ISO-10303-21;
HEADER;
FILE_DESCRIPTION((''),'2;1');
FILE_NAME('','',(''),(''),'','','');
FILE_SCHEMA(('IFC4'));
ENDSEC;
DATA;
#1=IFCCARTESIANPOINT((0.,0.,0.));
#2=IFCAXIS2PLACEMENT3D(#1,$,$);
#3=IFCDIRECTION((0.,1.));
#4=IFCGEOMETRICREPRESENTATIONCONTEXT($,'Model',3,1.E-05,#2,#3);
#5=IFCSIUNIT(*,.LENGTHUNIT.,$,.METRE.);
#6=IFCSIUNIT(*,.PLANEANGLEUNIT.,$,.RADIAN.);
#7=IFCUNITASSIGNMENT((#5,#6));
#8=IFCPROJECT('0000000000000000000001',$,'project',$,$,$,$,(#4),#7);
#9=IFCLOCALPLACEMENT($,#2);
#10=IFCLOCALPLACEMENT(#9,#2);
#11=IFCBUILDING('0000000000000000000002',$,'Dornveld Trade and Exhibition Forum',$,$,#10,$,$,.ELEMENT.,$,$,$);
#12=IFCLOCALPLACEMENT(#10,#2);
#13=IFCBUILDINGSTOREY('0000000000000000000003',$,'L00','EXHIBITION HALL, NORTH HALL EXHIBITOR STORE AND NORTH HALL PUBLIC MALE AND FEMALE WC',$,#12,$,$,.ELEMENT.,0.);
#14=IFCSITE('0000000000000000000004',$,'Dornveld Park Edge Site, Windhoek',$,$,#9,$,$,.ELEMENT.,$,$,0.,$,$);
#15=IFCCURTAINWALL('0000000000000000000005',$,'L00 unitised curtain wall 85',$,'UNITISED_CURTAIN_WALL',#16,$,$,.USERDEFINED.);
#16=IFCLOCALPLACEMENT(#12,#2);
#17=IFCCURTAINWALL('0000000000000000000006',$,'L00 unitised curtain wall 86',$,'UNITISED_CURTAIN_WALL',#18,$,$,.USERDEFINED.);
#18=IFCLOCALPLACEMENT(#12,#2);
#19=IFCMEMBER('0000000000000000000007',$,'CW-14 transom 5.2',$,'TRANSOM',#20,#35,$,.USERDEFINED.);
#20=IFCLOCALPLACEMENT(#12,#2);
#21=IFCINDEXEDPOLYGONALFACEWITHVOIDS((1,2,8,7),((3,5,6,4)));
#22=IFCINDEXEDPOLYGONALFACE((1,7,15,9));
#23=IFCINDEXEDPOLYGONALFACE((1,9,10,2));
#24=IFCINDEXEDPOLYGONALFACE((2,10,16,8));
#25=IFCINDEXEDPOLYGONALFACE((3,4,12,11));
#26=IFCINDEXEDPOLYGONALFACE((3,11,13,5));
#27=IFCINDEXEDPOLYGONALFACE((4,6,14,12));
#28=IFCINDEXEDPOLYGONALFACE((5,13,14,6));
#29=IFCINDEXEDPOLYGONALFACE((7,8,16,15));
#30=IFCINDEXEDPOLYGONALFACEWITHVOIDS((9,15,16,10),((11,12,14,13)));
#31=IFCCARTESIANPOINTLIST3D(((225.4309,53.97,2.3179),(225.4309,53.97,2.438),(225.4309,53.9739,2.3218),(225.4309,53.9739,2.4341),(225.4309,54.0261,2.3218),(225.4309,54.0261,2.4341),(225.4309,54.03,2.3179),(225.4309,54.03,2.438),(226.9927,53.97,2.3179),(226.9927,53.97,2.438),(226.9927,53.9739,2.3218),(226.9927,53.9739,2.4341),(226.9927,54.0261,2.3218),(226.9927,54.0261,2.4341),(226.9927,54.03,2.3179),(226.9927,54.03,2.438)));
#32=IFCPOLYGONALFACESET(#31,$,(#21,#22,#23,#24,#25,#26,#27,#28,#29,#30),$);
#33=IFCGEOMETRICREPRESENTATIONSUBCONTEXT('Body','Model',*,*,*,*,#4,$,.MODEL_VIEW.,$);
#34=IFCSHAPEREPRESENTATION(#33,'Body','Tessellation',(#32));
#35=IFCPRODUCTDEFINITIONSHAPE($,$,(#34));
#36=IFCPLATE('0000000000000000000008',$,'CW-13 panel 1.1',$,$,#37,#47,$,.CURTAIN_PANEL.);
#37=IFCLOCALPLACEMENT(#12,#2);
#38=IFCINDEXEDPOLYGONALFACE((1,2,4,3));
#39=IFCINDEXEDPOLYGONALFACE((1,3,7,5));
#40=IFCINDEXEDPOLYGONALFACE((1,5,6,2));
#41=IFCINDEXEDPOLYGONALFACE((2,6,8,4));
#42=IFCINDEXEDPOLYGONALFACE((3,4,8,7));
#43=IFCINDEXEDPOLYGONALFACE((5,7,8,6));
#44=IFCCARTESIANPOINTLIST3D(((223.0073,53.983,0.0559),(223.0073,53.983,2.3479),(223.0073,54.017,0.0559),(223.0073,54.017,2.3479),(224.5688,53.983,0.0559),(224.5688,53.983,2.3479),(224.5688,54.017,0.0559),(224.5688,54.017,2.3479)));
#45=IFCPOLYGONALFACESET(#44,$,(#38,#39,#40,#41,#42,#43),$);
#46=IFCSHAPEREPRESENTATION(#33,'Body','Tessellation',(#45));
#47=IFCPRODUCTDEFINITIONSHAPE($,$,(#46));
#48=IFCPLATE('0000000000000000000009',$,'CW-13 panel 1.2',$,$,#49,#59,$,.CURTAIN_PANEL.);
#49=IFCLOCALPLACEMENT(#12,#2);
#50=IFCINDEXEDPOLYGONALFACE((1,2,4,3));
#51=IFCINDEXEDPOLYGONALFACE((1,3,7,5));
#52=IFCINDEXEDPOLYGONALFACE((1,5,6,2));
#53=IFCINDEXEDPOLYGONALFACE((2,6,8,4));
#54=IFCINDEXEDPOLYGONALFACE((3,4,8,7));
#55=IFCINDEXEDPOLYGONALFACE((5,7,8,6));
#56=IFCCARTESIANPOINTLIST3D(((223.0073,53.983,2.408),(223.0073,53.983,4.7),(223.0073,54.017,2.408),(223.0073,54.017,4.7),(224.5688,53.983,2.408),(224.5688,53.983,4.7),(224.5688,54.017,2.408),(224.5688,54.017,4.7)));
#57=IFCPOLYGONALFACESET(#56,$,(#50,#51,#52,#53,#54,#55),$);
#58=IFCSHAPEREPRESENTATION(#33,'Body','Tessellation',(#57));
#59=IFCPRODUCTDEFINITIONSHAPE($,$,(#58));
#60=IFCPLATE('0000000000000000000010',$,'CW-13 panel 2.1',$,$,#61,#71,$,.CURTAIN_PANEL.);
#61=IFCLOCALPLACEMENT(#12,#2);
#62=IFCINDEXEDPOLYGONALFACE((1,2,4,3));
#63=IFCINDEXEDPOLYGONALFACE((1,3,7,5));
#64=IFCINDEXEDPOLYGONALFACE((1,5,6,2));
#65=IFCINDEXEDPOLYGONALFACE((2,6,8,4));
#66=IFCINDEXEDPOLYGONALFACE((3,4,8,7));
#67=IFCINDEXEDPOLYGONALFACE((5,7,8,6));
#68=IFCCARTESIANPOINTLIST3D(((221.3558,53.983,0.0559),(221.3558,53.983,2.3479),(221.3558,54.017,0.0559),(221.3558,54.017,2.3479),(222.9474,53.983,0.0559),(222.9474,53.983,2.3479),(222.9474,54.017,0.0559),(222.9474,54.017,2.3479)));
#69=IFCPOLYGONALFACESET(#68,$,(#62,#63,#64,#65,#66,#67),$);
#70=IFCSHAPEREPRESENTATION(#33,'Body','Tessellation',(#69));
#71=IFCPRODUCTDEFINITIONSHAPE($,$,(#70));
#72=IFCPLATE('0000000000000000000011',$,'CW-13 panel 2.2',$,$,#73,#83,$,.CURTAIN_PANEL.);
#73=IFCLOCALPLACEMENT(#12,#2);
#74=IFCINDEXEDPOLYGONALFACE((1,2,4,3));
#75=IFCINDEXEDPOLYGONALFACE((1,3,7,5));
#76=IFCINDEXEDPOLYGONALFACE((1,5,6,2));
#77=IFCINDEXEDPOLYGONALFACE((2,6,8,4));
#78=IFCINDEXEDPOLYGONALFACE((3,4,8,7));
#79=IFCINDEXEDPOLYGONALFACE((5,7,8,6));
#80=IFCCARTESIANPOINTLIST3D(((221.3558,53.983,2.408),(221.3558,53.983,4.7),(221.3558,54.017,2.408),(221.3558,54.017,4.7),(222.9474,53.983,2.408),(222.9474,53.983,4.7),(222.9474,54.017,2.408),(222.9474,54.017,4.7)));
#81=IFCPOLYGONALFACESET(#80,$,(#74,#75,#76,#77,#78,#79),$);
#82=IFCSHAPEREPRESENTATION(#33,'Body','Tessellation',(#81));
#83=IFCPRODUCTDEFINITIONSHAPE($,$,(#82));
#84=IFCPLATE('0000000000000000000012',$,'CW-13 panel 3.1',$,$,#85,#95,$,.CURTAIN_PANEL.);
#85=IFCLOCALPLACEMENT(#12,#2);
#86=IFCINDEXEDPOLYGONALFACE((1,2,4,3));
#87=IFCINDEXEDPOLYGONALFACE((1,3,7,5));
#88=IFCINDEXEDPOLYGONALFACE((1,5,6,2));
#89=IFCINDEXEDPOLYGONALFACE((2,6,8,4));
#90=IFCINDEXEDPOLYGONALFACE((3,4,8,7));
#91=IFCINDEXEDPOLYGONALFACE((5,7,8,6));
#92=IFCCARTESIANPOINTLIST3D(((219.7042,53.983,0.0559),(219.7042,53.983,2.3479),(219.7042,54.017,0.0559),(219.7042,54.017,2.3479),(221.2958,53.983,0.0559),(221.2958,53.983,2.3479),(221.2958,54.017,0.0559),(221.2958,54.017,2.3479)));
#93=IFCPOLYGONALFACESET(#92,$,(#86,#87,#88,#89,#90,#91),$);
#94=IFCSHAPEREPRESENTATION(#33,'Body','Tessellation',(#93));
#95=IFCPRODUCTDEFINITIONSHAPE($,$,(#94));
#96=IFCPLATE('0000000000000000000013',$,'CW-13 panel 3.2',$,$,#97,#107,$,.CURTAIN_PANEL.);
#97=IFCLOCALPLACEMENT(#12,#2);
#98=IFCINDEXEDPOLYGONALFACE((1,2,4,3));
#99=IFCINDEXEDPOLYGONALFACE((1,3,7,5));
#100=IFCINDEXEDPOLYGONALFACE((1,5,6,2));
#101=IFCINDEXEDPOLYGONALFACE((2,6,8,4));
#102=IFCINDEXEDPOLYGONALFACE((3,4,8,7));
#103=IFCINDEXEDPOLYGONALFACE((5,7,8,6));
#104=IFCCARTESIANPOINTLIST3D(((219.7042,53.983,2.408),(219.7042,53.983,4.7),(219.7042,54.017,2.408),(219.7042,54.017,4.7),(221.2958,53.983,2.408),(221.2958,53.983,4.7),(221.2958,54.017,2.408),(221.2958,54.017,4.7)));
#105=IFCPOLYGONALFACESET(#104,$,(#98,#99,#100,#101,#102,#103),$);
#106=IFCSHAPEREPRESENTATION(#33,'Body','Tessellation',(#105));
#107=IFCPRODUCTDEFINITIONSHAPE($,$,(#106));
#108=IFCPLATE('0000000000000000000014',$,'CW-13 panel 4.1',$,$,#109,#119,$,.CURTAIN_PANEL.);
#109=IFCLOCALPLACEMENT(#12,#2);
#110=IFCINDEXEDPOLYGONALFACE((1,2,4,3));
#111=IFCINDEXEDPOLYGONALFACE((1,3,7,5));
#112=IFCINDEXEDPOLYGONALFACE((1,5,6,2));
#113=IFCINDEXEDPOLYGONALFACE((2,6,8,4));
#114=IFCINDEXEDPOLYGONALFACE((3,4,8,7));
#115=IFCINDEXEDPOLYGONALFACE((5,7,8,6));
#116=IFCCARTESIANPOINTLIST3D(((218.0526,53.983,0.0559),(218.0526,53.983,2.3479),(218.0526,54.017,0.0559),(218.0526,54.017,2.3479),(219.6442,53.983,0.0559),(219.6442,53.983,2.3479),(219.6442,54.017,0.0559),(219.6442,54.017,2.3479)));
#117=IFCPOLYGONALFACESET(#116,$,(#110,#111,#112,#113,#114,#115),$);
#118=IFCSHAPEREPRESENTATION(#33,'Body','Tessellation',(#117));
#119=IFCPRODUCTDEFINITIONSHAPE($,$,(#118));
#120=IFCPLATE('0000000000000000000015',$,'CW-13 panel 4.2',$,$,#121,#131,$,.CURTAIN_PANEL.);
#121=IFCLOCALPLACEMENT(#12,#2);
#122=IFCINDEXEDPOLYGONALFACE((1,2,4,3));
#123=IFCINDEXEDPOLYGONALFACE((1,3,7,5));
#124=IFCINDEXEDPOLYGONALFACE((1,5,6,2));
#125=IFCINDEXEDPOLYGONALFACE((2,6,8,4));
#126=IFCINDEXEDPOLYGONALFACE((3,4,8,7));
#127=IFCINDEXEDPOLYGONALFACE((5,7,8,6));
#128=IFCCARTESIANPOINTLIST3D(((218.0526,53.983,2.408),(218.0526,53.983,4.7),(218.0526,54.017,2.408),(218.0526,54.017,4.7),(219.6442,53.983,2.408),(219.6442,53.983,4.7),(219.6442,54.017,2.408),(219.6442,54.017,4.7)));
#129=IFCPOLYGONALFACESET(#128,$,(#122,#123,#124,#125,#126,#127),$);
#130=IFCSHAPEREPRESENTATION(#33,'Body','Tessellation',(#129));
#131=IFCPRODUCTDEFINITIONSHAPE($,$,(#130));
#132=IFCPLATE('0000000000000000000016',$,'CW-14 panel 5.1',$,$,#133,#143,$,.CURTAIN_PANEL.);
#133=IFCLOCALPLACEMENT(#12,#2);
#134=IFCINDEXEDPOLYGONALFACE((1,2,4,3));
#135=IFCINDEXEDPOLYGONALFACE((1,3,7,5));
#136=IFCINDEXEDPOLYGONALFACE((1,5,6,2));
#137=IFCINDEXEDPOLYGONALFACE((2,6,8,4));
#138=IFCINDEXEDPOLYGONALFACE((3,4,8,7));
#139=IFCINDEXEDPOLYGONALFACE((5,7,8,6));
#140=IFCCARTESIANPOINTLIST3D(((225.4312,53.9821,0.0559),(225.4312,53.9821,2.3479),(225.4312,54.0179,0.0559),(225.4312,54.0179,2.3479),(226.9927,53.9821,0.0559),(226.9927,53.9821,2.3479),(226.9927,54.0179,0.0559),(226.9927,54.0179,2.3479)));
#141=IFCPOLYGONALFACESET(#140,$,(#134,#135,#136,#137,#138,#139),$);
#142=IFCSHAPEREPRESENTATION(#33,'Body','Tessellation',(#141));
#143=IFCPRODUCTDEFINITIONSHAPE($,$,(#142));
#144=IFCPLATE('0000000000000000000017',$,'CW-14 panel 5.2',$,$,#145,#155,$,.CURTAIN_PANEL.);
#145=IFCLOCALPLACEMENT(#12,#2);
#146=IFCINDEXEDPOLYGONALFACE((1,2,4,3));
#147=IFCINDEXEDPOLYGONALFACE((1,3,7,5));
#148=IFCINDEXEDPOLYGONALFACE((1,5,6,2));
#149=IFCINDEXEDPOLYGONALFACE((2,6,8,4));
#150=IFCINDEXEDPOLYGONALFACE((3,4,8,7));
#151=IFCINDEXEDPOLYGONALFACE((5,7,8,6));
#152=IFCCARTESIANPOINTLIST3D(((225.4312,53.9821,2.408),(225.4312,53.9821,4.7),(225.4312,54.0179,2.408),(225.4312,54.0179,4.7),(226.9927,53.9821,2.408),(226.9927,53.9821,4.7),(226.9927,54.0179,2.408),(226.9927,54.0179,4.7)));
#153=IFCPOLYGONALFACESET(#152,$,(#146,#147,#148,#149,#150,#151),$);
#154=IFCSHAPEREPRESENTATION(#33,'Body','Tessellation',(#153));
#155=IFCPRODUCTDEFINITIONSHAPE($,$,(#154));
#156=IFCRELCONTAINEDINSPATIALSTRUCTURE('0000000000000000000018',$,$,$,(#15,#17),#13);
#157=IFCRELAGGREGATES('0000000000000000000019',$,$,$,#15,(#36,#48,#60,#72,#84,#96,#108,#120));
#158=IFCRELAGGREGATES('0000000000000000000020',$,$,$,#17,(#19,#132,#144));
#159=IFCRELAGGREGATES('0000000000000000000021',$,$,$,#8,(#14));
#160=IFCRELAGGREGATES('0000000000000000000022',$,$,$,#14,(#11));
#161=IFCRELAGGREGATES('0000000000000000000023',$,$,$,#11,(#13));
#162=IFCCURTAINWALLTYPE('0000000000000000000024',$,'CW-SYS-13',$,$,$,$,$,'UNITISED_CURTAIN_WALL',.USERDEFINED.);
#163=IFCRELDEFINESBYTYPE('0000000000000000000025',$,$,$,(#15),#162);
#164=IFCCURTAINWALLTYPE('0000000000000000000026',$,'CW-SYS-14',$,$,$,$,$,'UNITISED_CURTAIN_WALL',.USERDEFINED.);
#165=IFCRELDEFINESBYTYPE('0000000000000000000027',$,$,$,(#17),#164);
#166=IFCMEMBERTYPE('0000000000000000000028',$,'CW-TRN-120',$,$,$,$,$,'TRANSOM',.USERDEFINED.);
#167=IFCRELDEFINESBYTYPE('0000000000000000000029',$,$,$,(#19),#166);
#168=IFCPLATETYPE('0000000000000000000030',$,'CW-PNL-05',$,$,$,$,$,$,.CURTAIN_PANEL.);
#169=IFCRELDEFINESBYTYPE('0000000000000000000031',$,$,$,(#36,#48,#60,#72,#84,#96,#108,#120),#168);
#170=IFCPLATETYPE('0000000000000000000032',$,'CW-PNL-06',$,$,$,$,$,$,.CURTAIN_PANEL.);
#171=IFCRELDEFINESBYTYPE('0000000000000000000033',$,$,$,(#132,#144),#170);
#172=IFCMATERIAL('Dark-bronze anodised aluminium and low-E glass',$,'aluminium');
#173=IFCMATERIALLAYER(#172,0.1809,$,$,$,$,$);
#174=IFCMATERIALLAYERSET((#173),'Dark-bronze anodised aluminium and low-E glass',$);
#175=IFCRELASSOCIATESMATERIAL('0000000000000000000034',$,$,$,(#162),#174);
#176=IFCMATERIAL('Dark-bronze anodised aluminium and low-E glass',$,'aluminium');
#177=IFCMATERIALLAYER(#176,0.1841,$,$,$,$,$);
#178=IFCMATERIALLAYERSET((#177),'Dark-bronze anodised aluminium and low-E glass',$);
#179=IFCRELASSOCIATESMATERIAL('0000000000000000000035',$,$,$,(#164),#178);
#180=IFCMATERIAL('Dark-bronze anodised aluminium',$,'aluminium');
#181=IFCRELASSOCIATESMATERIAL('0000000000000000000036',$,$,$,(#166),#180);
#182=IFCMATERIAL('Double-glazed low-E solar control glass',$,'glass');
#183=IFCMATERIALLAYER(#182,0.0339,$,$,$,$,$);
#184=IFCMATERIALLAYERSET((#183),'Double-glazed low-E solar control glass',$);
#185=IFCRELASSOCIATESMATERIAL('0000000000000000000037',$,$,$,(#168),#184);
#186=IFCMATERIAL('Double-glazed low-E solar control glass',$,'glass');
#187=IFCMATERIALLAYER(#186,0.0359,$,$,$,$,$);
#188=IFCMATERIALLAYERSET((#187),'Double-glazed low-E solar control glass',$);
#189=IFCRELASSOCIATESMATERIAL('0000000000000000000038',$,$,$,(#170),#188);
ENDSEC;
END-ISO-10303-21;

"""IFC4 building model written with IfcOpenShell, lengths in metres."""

from ifc_helpers import new_model, si_unit, direction, frame, origin, origin_2d, place, context, subcontext, project, spatial, rectangle, hollow_rectangle, extrude, material, layer, layer_set, material_profile, profile_set, type_object, element, aggregate, save


model = new_model("IFC4")

# Units and contexts
model_context = context("Model", 3, precision=1e-05, world=origin(), true_north=direction((0.0, 1.0)))
body_context = subcontext(model_context, "Body", "Model", "MODEL_VIEW")
ifc_project = project(units=[si_unit("LENGTHUNIT", "METRE"), si_unit("PLANEANGLEUNIT", "RADIAN")], contexts=[model_context])

# Site, building, storey
site_placement = place(None, origin())
site = spatial("IfcSite", under=ifc_project, at=site_placement, Name="Dornveld Park Edge Site, Windhoek", CompositionType="ELEMENT", RefElevation=0.0)
building_placement = place(site_placement, origin())
building = spatial("IfcBuilding", under=site, at=building_placement, Name="Dornveld Trade and Exhibition Forum", CompositionType="ELEMENT")
storey_placement = place(building_placement, origin())
storey = spatial("IfcBuildingStorey", under=building, at=storey_placement, Name="L00", Description="EXHIBITION HALL, NORTH HALL EXHIBITOR STORE AND NORTH HALL PUBLIC MALE AND FEMALE WC", CompositionType="ELEMENT", Elevation=0.0)

# Curtain wall
ifc_material_1 = material(Name="Dark-bronze anodised aluminium and low-E glass", Category="aluminium")
ifc_layer_1 = layer(ifc_material_1, 0.1809)
ifc_layer_set_1 = layer_set([ifc_layer_1], Name="Dark-bronze anodised aluminium and low-E glass")
curtain_wall_type_1 = type_object("IfcCurtainWallType", Name="CW-SYS-13", ElementType="UNITISED_CURTAIN_WALL", PredefinedType="USERDEFINED", material=ifc_layer_set_1)
curtain_wall_1_placement = place(storey_placement, origin())
curtain_wall_1 = element("IfcCurtainWall", 1, at=curtain_wall_1_placement, inside=storey, type_object=curtain_wall_type_1, Name="L00 unitised curtain wall 85", ObjectType="UNITISED_CURTAIN_WALL", PredefinedType="USERDEFINED")

# Curtain wall
ifc_material_2 = material(Name="Dark-bronze anodised aluminium and low-E glass", Category="aluminium")
ifc_layer_2 = layer(ifc_material_2, 0.1841)
ifc_layer_set_2 = layer_set([ifc_layer_2], Name="Dark-bronze anodised aluminium and low-E glass")
curtain_wall_type_2 = type_object("IfcCurtainWallType", Name="CW-SYS-14", ElementType="UNITISED_CURTAIN_WALL", PredefinedType="USERDEFINED", material=ifc_layer_set_2)
curtain_wall_2_placement = place(storey_placement, origin())
curtain_wall_2 = element("IfcCurtainWall", 2, at=curtain_wall_2_placement, inside=storey, type_object=curtain_wall_type_2, Name="L00 unitised curtain wall 86", ObjectType="UNITISED_CURTAIN_WALL", PredefinedType="USERDEFINED")

# Member
ifc_material_3 = material(Name="Dark-bronze anodised aluminium", Category="aluminium")
ifc_material_profile_1 = material_profile(ifc_material_3, hollow_rectangle(XDim=0.0601, YDim=0.1201, WallThickness=0.0039, at=origin_2d()), Name="RHS 120x60x4")
ifc_profile_set_1 = profile_set([ifc_material_profile_1], Name="Dark-bronze anodised aluminium")
member_type_1 = type_object("IfcMemberType", Name="CW-TRN-120", ElementType="TRANSOM", PredefinedType="USERDEFINED", material=ifc_profile_set_1)
member_1_placement = place(storey_placement, frame((226.9927, 54.0, 2.3779), z_axis=(-1.0, 0.0, 0.0), x_axis=(0.0, -1.0, 0.0)))
member_1 = element("IfcMember", 3, at=member_1_placement, type_object=member_type_1, Name="CW-14 transom 5.2", ObjectType="TRANSOM", PredefinedType="USERDEFINED", context=body_context, shape_type="SweptSolid", body=[
    extrude(hollow_rectangle(XDim=0.0601, YDim=0.1201, WallThickness=0.0039, at=origin_2d()), origin(), (0.0, 0.0, 1.0), 1.5618),
])

# Plates
ifc_material_4 = material(Name="Double-glazed low-E solar control glass", Category="glass")
ifc_layer_3 = layer(ifc_material_4, 0.0339)
ifc_layer_set_3 = layer_set([ifc_layer_3], Name="Double-glazed low-E solar control glass")
plate_type_1 = type_object("IfcPlateType", Name="CW-PNL-05", PredefinedType="CURTAIN_PANEL", material=ifc_layer_set_3)
plate_1_placement = place(storey_placement, frame((223.7881, 54.0, 0.0559), z_axis=(0.0, 0.0, 1.0), x_axis=(-1.0, 0.0, 0.0)))
plate_1 = element("IfcPlate", 4, at=plate_1_placement, type_object=plate_type_1, Name="CW-13 panel 1.1", PredefinedType="CURTAIN_PANEL", context=body_context, shape_type="SweptSolid", body=[
    extrude(rectangle(XDim=1.5615, YDim=0.0339, at=origin_2d()), origin(), (0.0, 0.0, 1.0), 2.292),
])
plate_2_placement = place(storey_placement, frame((223.7881, 54.0, 2.408), z_axis=(0.0, 0.0, 1.0), x_axis=(-1.0, 0.0, 0.0)))
plate_2 = element("IfcPlate", 5, at=plate_2_placement, type_object=plate_type_1, Name="CW-13 panel 1.2", PredefinedType="CURTAIN_PANEL", context=body_context, shape_type="SweptSolid", body=[
    extrude(rectangle(XDim=1.5615, YDim=0.0339, at=origin_2d()), origin(), (0.0, 0.0, 1.0), 2.292),
])
plate_3_placement = place(storey_placement, frame((222.1516, 54.0, 0.0559), z_axis=(0.0, 0.0, 1.0), x_axis=(-1.0, 0.0, 0.0)))
plate_3 = element("IfcPlate", 6, at=plate_3_placement, type_object=plate_type_1, Name="CW-13 panel 2.1", PredefinedType="CURTAIN_PANEL", context=body_context, shape_type="SweptSolid", body=[
    extrude(rectangle(XDim=1.5916, YDim=0.0339, at=origin_2d()), origin(), (0.0, 0.0, 1.0), 2.292),
])
plate_4_placement = place(storey_placement, frame((222.1516, 54.0, 2.408), z_axis=(0.0, 0.0, 1.0), x_axis=(-1.0, 0.0, 0.0)))
plate_4 = element("IfcPlate", 7, at=plate_4_placement, type_object=plate_type_1, Name="CW-13 panel 2.2", PredefinedType="CURTAIN_PANEL", context=body_context, shape_type="SweptSolid", body=[
    extrude(rectangle(XDim=1.5916, YDim=0.0339, at=origin_2d()), origin(), (0.0, 0.0, 1.0), 2.292),
])
plate_5_placement = place(storey_placement, frame((220.5, 54.0, 0.0559), z_axis=(0.0, 0.0, 1.0), x_axis=(-1.0, 0.0, 0.0)))
plate_5 = element("IfcPlate", 8, at=plate_5_placement, type_object=plate_type_1, Name="CW-13 panel 3.1", PredefinedType="CURTAIN_PANEL", context=body_context, shape_type="SweptSolid", body=[
    extrude(rectangle(XDim=1.5916, YDim=0.0339, at=origin_2d()), origin(), (0.0, 0.0, 1.0), 2.292),
])
plate_6_placement = place(storey_placement, frame((220.5, 54.0, 2.408), z_axis=(0.0, 0.0, 1.0), x_axis=(-1.0, 0.0, 0.0)))
plate_6 = element("IfcPlate", 9, at=plate_6_placement, type_object=plate_type_1, Name="CW-13 panel 3.2", PredefinedType="CURTAIN_PANEL", context=body_context, shape_type="SweptSolid", body=[
    extrude(rectangle(XDim=1.5916, YDim=0.0339, at=origin_2d()), origin(), (0.0, 0.0, 1.0), 2.292),
])
plate_7_placement = place(storey_placement, frame((218.8484, 54.0, 0.0559), z_axis=(0.0, 0.0, 1.0), x_axis=(-1.0, 0.0, 0.0)))
plate_7 = element("IfcPlate", 10, at=plate_7_placement, type_object=plate_type_1, Name="CW-13 panel 4.1", PredefinedType="CURTAIN_PANEL", context=body_context, shape_type="SweptSolid", body=[
    extrude(rectangle(XDim=1.5916, YDim=0.0339, at=origin_2d()), origin(), (0.0, 0.0, 1.0), 2.292),
])
plate_8_placement = place(storey_placement, frame((218.8484, 54.0, 2.408), z_axis=(0.0, 0.0, 1.0), x_axis=(-1.0, 0.0, 0.0)))
plate_8 = element("IfcPlate", 11, at=plate_8_placement, type_object=plate_type_1, Name="CW-13 panel 4.2", PredefinedType="CURTAIN_PANEL", context=body_context, shape_type="SweptSolid", body=[
    extrude(rectangle(XDim=1.5916, YDim=0.0339, at=origin_2d()), origin(), (0.0, 0.0, 1.0), 2.292),
])
aggregate(curtain_wall_1, [plate_1, plate_2, plate_3, plate_4, plate_5, plate_6, plate_7, plate_8])
ifc_material_5 = material(Name="Double-glazed low-E solar control glass", Category="glass")
ifc_layer_4 = layer(ifc_material_5, 0.0359)
ifc_layer_set_4 = layer_set([ifc_layer_4], Name="Double-glazed low-E solar control glass")
plate_type_2 = type_object("IfcPlateType", Name="CW-PNL-06", PredefinedType="CURTAIN_PANEL", material=ifc_layer_set_4)
plate_9_placement = place(storey_placement, frame((226.2119, 54.0, 0.0559), z_axis=(0.0, 0.0, 1.0), x_axis=(-1.0, 0.0, 0.0)))
plate_9 = element("IfcPlate", 12, at=plate_9_placement, type_object=plate_type_2, Name="CW-14 panel 5.1", PredefinedType="CURTAIN_PANEL", context=body_context, shape_type="SweptSolid", body=[
    extrude(rectangle(XDim=1.5615, YDim=0.0359, at=origin_2d()), origin(), (0.0, 0.0, 1.0), 2.292),
])
plate_10_placement = place(storey_placement, frame((226.2119, 54.0, 2.408), z_axis=(0.0, 0.0, 1.0), x_axis=(-1.0, 0.0, 0.0)))
plate_10 = element("IfcPlate", 13, at=plate_10_placement, type_object=plate_type_2, Name="CW-14 panel 5.2", PredefinedType="CURTAIN_PANEL", context=body_context, shape_type="SweptSolid", body=[
    extrude(rectangle(XDim=1.5615, YDim=0.0359, at=origin_2d()), origin(), (0.0, 0.0, 1.0), 2.292),
])
aggregate(curtain_wall_2, [member_1, plate_9, plate_10])

save(model, "model.ifc")
